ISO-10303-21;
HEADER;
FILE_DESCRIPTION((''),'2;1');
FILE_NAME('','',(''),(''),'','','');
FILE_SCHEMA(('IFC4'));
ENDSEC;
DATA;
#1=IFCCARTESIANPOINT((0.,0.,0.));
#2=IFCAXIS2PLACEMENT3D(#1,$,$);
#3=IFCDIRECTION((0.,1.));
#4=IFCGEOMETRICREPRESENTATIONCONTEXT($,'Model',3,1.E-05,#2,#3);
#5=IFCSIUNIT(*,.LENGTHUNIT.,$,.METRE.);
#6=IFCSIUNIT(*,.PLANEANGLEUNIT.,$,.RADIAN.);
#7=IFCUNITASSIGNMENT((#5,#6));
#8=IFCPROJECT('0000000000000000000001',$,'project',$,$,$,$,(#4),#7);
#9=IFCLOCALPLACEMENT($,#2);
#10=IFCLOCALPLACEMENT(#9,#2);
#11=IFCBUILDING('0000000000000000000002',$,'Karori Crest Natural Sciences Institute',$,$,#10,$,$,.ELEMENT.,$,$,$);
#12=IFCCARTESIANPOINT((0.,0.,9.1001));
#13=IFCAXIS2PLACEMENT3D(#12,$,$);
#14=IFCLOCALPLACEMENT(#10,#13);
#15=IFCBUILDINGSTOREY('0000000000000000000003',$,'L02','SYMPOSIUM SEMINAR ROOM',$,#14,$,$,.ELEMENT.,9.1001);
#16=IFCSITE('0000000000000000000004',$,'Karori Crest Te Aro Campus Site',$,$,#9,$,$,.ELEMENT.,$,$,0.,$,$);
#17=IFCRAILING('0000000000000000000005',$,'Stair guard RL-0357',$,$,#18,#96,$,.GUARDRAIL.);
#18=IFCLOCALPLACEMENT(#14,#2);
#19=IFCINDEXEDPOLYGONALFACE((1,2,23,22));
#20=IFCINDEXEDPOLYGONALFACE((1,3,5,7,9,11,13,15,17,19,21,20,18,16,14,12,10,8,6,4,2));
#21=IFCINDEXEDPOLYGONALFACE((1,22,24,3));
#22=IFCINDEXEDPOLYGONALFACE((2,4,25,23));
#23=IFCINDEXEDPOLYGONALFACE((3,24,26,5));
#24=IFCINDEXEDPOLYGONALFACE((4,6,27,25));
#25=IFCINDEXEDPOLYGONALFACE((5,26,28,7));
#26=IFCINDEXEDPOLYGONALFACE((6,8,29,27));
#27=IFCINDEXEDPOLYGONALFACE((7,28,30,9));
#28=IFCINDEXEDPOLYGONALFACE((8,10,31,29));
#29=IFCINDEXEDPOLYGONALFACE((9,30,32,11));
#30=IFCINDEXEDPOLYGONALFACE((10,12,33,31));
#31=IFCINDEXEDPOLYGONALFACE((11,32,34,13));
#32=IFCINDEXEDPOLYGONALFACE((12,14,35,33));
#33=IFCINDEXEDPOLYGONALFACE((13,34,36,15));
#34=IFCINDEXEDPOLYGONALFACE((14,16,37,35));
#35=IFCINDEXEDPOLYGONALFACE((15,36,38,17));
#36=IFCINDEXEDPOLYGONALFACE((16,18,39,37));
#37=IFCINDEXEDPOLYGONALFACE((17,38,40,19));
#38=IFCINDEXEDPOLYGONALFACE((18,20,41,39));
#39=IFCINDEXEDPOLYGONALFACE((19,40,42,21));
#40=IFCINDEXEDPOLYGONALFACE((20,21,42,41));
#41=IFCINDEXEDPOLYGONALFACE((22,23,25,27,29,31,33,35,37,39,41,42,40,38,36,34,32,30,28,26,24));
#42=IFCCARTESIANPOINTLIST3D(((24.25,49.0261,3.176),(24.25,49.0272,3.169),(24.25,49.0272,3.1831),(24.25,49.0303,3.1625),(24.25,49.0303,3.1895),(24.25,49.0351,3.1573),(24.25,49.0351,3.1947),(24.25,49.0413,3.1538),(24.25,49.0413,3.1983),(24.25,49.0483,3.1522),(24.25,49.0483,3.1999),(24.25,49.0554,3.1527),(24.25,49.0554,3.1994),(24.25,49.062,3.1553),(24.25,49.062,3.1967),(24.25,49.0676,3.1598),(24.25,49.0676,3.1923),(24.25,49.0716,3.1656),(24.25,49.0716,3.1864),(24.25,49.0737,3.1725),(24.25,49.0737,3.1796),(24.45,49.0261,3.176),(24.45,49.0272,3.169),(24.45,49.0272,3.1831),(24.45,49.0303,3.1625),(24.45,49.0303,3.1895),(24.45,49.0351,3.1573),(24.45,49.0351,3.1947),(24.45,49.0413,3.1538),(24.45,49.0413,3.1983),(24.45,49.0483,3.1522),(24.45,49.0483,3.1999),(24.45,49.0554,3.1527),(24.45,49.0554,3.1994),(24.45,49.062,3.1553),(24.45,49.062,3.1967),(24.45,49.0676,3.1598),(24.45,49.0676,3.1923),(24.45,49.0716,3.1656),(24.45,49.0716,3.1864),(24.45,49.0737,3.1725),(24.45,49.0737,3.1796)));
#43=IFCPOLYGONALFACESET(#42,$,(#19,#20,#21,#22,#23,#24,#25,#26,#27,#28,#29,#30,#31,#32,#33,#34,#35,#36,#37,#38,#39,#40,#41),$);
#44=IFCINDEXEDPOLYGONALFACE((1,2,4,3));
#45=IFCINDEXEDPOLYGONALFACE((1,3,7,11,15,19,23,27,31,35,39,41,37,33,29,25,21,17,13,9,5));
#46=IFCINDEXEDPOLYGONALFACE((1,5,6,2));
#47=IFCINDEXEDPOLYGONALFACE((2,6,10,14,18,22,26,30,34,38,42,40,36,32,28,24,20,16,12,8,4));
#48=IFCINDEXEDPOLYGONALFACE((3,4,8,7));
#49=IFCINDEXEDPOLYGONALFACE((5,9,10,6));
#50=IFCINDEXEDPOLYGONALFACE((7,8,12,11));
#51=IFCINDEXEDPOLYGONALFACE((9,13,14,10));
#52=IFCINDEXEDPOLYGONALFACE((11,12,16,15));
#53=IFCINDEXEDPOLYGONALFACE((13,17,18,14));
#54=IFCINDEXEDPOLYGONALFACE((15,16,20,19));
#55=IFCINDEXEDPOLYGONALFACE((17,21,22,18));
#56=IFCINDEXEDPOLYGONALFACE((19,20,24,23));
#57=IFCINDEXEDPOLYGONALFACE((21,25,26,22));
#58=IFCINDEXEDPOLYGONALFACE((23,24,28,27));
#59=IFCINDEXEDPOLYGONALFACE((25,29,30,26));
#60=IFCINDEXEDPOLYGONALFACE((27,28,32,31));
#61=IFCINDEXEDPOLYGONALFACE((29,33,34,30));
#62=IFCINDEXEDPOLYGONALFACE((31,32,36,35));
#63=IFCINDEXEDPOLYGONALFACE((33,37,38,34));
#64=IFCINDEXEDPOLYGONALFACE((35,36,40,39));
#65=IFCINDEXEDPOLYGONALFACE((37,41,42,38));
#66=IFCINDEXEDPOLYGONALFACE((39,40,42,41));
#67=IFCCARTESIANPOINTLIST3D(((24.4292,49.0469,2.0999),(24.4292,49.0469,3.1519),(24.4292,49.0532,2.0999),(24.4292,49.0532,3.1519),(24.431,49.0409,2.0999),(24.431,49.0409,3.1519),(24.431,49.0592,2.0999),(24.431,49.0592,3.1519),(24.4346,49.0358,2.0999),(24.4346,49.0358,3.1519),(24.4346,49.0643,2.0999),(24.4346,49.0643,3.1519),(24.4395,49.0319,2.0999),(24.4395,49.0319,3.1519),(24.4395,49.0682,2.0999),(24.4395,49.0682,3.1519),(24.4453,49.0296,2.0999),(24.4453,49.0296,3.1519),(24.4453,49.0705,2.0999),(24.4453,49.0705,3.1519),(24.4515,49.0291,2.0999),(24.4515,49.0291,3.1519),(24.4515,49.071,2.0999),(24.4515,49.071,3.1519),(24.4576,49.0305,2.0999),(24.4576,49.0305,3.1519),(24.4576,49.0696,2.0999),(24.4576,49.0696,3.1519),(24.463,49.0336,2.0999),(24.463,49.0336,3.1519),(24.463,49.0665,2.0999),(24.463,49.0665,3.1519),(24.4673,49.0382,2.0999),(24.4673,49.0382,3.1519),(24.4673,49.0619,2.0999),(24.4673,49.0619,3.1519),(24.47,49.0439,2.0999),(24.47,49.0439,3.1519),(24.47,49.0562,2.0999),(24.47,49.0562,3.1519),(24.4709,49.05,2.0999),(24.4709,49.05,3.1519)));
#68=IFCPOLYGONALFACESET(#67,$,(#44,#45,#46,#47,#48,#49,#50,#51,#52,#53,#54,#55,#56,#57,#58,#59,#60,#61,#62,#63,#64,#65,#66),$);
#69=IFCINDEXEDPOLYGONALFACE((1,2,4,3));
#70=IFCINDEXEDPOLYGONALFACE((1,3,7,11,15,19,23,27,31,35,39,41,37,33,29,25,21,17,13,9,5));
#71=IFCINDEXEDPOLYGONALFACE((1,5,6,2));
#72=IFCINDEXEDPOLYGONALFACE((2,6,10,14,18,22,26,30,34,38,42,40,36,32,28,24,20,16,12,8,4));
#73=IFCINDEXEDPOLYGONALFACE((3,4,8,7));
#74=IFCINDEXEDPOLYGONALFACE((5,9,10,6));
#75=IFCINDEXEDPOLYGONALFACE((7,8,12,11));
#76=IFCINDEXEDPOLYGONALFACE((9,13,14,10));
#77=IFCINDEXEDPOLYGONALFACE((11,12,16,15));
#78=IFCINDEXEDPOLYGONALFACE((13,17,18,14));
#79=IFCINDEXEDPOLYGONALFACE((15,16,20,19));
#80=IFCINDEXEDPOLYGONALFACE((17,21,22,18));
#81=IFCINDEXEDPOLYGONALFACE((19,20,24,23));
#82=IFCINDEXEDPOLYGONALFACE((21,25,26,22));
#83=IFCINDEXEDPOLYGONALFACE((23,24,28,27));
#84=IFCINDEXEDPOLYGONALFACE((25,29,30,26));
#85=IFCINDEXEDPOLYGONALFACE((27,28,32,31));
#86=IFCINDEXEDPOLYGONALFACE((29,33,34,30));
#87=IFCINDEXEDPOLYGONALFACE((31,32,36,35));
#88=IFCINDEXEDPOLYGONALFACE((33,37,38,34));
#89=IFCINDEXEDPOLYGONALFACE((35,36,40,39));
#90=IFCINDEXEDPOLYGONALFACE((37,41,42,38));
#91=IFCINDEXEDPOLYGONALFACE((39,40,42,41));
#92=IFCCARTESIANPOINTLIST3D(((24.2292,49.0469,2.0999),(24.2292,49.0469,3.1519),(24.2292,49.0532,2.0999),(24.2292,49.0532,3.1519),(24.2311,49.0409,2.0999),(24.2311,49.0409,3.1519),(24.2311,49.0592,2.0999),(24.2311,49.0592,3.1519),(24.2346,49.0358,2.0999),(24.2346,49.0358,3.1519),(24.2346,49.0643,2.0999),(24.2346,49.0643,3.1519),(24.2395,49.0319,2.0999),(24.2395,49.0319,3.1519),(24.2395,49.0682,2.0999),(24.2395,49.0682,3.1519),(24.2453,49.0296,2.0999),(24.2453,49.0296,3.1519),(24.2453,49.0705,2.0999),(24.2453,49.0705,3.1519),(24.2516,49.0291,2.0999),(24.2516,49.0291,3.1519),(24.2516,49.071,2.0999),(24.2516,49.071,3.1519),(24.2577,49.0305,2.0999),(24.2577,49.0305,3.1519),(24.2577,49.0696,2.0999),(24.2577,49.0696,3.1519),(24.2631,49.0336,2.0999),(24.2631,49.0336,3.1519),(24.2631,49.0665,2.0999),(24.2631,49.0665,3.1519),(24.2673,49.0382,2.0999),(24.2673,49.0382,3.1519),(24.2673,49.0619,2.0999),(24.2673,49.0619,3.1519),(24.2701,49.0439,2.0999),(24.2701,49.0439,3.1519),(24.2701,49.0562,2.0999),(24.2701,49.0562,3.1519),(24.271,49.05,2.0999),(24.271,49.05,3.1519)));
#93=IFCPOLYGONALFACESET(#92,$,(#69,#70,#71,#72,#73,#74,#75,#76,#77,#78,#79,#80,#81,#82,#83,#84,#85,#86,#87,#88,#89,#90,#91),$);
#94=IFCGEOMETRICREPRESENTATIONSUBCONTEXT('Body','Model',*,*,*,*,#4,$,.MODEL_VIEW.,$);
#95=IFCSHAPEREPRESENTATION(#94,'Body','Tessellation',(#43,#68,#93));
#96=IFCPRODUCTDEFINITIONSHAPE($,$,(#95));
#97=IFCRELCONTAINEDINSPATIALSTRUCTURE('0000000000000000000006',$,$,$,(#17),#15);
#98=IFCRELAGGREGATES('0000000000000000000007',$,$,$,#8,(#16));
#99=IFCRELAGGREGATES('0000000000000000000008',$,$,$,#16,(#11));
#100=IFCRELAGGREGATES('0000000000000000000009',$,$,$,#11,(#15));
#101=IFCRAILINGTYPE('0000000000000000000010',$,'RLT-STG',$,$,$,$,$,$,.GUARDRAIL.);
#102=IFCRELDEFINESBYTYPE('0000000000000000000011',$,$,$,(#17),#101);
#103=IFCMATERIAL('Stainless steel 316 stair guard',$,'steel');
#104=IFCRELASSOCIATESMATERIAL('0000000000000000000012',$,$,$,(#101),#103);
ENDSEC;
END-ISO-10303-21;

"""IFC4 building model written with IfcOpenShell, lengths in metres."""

from ifc_helpers import new_model, si_unit, direction, frame, origin, origin_2d, place, context, subcontext, project, spatial, circle, extrude, material, type_object, element, save


model = new_model("IFC4")

# Units and contexts
model_context = context("Model", 3, precision=1e-05, world=origin(), true_north=direction((0.0, 1.0)))
body_context = subcontext(model_context, "Body", "Model", "MODEL_VIEW")
ifc_project = project(units=[si_unit("LENGTHUNIT", "METRE"), si_unit("PLANEANGLEUNIT", "RADIAN")], contexts=[model_context])

# Site, building, storey
site_placement = place(None, origin())
site = spatial("IfcSite", under=ifc_project, at=site_placement, Name="Karori Crest Te Aro Campus Site", CompositionType="ELEMENT", RefElevation=0.0)
building_placement = place(site_placement, origin())
building = spatial("IfcBuilding", under=site, at=building_placement, Name="Karori Crest Natural Sciences Institute", CompositionType="ELEMENT")
storey_placement = place(building_placement, frame((0.0, 0.0, 9.1001)))
storey = spatial("IfcBuildingStorey", under=building, at=storey_placement, Name="L02", Description="SYMPOSIUM SEMINAR ROOM", CompositionType="ELEMENT", Elevation=9.1001)

# Railing
ifc_material_1 = material(Name="Stainless steel 316 stair guard", Category="steel")
railing_type_1 = type_object("IfcRailingType", Name="RLT-STG", PredefinedType="GUARDRAIL", material=ifc_material_1)
railing_1_placement = place(storey_placement, frame((24.45, 49.05, 2.0999)))
element("IfcRailing", 1, at=railing_1_placement, inside=storey, type_object=railing_type_1, Name="Stair guard RL-0357", PredefinedType="GUARDRAIL", context=body_context, shape_type="SweptSolid", body=[
    extrude(circle(Radius=0.0239, at=origin_2d()), frame((0.0, 0.0, 1.0762), z_axis=(-1.0, 0.0, 0.0), x_axis=(0.0, -1.0, 0.0)), (0.0, 0.0, 1.0), 0.2),
    extrude(circle(Radius=0.021, at=origin_2d()), origin(), (0.0, 0.0, 1.0), 1.052),
    extrude(circle(Radius=0.021, at=origin_2d()), frame((-0.2, 0.0, 0.0)), (0.0, 0.0, 1.0), 1.052),
])

save(model, "model.ifc")
